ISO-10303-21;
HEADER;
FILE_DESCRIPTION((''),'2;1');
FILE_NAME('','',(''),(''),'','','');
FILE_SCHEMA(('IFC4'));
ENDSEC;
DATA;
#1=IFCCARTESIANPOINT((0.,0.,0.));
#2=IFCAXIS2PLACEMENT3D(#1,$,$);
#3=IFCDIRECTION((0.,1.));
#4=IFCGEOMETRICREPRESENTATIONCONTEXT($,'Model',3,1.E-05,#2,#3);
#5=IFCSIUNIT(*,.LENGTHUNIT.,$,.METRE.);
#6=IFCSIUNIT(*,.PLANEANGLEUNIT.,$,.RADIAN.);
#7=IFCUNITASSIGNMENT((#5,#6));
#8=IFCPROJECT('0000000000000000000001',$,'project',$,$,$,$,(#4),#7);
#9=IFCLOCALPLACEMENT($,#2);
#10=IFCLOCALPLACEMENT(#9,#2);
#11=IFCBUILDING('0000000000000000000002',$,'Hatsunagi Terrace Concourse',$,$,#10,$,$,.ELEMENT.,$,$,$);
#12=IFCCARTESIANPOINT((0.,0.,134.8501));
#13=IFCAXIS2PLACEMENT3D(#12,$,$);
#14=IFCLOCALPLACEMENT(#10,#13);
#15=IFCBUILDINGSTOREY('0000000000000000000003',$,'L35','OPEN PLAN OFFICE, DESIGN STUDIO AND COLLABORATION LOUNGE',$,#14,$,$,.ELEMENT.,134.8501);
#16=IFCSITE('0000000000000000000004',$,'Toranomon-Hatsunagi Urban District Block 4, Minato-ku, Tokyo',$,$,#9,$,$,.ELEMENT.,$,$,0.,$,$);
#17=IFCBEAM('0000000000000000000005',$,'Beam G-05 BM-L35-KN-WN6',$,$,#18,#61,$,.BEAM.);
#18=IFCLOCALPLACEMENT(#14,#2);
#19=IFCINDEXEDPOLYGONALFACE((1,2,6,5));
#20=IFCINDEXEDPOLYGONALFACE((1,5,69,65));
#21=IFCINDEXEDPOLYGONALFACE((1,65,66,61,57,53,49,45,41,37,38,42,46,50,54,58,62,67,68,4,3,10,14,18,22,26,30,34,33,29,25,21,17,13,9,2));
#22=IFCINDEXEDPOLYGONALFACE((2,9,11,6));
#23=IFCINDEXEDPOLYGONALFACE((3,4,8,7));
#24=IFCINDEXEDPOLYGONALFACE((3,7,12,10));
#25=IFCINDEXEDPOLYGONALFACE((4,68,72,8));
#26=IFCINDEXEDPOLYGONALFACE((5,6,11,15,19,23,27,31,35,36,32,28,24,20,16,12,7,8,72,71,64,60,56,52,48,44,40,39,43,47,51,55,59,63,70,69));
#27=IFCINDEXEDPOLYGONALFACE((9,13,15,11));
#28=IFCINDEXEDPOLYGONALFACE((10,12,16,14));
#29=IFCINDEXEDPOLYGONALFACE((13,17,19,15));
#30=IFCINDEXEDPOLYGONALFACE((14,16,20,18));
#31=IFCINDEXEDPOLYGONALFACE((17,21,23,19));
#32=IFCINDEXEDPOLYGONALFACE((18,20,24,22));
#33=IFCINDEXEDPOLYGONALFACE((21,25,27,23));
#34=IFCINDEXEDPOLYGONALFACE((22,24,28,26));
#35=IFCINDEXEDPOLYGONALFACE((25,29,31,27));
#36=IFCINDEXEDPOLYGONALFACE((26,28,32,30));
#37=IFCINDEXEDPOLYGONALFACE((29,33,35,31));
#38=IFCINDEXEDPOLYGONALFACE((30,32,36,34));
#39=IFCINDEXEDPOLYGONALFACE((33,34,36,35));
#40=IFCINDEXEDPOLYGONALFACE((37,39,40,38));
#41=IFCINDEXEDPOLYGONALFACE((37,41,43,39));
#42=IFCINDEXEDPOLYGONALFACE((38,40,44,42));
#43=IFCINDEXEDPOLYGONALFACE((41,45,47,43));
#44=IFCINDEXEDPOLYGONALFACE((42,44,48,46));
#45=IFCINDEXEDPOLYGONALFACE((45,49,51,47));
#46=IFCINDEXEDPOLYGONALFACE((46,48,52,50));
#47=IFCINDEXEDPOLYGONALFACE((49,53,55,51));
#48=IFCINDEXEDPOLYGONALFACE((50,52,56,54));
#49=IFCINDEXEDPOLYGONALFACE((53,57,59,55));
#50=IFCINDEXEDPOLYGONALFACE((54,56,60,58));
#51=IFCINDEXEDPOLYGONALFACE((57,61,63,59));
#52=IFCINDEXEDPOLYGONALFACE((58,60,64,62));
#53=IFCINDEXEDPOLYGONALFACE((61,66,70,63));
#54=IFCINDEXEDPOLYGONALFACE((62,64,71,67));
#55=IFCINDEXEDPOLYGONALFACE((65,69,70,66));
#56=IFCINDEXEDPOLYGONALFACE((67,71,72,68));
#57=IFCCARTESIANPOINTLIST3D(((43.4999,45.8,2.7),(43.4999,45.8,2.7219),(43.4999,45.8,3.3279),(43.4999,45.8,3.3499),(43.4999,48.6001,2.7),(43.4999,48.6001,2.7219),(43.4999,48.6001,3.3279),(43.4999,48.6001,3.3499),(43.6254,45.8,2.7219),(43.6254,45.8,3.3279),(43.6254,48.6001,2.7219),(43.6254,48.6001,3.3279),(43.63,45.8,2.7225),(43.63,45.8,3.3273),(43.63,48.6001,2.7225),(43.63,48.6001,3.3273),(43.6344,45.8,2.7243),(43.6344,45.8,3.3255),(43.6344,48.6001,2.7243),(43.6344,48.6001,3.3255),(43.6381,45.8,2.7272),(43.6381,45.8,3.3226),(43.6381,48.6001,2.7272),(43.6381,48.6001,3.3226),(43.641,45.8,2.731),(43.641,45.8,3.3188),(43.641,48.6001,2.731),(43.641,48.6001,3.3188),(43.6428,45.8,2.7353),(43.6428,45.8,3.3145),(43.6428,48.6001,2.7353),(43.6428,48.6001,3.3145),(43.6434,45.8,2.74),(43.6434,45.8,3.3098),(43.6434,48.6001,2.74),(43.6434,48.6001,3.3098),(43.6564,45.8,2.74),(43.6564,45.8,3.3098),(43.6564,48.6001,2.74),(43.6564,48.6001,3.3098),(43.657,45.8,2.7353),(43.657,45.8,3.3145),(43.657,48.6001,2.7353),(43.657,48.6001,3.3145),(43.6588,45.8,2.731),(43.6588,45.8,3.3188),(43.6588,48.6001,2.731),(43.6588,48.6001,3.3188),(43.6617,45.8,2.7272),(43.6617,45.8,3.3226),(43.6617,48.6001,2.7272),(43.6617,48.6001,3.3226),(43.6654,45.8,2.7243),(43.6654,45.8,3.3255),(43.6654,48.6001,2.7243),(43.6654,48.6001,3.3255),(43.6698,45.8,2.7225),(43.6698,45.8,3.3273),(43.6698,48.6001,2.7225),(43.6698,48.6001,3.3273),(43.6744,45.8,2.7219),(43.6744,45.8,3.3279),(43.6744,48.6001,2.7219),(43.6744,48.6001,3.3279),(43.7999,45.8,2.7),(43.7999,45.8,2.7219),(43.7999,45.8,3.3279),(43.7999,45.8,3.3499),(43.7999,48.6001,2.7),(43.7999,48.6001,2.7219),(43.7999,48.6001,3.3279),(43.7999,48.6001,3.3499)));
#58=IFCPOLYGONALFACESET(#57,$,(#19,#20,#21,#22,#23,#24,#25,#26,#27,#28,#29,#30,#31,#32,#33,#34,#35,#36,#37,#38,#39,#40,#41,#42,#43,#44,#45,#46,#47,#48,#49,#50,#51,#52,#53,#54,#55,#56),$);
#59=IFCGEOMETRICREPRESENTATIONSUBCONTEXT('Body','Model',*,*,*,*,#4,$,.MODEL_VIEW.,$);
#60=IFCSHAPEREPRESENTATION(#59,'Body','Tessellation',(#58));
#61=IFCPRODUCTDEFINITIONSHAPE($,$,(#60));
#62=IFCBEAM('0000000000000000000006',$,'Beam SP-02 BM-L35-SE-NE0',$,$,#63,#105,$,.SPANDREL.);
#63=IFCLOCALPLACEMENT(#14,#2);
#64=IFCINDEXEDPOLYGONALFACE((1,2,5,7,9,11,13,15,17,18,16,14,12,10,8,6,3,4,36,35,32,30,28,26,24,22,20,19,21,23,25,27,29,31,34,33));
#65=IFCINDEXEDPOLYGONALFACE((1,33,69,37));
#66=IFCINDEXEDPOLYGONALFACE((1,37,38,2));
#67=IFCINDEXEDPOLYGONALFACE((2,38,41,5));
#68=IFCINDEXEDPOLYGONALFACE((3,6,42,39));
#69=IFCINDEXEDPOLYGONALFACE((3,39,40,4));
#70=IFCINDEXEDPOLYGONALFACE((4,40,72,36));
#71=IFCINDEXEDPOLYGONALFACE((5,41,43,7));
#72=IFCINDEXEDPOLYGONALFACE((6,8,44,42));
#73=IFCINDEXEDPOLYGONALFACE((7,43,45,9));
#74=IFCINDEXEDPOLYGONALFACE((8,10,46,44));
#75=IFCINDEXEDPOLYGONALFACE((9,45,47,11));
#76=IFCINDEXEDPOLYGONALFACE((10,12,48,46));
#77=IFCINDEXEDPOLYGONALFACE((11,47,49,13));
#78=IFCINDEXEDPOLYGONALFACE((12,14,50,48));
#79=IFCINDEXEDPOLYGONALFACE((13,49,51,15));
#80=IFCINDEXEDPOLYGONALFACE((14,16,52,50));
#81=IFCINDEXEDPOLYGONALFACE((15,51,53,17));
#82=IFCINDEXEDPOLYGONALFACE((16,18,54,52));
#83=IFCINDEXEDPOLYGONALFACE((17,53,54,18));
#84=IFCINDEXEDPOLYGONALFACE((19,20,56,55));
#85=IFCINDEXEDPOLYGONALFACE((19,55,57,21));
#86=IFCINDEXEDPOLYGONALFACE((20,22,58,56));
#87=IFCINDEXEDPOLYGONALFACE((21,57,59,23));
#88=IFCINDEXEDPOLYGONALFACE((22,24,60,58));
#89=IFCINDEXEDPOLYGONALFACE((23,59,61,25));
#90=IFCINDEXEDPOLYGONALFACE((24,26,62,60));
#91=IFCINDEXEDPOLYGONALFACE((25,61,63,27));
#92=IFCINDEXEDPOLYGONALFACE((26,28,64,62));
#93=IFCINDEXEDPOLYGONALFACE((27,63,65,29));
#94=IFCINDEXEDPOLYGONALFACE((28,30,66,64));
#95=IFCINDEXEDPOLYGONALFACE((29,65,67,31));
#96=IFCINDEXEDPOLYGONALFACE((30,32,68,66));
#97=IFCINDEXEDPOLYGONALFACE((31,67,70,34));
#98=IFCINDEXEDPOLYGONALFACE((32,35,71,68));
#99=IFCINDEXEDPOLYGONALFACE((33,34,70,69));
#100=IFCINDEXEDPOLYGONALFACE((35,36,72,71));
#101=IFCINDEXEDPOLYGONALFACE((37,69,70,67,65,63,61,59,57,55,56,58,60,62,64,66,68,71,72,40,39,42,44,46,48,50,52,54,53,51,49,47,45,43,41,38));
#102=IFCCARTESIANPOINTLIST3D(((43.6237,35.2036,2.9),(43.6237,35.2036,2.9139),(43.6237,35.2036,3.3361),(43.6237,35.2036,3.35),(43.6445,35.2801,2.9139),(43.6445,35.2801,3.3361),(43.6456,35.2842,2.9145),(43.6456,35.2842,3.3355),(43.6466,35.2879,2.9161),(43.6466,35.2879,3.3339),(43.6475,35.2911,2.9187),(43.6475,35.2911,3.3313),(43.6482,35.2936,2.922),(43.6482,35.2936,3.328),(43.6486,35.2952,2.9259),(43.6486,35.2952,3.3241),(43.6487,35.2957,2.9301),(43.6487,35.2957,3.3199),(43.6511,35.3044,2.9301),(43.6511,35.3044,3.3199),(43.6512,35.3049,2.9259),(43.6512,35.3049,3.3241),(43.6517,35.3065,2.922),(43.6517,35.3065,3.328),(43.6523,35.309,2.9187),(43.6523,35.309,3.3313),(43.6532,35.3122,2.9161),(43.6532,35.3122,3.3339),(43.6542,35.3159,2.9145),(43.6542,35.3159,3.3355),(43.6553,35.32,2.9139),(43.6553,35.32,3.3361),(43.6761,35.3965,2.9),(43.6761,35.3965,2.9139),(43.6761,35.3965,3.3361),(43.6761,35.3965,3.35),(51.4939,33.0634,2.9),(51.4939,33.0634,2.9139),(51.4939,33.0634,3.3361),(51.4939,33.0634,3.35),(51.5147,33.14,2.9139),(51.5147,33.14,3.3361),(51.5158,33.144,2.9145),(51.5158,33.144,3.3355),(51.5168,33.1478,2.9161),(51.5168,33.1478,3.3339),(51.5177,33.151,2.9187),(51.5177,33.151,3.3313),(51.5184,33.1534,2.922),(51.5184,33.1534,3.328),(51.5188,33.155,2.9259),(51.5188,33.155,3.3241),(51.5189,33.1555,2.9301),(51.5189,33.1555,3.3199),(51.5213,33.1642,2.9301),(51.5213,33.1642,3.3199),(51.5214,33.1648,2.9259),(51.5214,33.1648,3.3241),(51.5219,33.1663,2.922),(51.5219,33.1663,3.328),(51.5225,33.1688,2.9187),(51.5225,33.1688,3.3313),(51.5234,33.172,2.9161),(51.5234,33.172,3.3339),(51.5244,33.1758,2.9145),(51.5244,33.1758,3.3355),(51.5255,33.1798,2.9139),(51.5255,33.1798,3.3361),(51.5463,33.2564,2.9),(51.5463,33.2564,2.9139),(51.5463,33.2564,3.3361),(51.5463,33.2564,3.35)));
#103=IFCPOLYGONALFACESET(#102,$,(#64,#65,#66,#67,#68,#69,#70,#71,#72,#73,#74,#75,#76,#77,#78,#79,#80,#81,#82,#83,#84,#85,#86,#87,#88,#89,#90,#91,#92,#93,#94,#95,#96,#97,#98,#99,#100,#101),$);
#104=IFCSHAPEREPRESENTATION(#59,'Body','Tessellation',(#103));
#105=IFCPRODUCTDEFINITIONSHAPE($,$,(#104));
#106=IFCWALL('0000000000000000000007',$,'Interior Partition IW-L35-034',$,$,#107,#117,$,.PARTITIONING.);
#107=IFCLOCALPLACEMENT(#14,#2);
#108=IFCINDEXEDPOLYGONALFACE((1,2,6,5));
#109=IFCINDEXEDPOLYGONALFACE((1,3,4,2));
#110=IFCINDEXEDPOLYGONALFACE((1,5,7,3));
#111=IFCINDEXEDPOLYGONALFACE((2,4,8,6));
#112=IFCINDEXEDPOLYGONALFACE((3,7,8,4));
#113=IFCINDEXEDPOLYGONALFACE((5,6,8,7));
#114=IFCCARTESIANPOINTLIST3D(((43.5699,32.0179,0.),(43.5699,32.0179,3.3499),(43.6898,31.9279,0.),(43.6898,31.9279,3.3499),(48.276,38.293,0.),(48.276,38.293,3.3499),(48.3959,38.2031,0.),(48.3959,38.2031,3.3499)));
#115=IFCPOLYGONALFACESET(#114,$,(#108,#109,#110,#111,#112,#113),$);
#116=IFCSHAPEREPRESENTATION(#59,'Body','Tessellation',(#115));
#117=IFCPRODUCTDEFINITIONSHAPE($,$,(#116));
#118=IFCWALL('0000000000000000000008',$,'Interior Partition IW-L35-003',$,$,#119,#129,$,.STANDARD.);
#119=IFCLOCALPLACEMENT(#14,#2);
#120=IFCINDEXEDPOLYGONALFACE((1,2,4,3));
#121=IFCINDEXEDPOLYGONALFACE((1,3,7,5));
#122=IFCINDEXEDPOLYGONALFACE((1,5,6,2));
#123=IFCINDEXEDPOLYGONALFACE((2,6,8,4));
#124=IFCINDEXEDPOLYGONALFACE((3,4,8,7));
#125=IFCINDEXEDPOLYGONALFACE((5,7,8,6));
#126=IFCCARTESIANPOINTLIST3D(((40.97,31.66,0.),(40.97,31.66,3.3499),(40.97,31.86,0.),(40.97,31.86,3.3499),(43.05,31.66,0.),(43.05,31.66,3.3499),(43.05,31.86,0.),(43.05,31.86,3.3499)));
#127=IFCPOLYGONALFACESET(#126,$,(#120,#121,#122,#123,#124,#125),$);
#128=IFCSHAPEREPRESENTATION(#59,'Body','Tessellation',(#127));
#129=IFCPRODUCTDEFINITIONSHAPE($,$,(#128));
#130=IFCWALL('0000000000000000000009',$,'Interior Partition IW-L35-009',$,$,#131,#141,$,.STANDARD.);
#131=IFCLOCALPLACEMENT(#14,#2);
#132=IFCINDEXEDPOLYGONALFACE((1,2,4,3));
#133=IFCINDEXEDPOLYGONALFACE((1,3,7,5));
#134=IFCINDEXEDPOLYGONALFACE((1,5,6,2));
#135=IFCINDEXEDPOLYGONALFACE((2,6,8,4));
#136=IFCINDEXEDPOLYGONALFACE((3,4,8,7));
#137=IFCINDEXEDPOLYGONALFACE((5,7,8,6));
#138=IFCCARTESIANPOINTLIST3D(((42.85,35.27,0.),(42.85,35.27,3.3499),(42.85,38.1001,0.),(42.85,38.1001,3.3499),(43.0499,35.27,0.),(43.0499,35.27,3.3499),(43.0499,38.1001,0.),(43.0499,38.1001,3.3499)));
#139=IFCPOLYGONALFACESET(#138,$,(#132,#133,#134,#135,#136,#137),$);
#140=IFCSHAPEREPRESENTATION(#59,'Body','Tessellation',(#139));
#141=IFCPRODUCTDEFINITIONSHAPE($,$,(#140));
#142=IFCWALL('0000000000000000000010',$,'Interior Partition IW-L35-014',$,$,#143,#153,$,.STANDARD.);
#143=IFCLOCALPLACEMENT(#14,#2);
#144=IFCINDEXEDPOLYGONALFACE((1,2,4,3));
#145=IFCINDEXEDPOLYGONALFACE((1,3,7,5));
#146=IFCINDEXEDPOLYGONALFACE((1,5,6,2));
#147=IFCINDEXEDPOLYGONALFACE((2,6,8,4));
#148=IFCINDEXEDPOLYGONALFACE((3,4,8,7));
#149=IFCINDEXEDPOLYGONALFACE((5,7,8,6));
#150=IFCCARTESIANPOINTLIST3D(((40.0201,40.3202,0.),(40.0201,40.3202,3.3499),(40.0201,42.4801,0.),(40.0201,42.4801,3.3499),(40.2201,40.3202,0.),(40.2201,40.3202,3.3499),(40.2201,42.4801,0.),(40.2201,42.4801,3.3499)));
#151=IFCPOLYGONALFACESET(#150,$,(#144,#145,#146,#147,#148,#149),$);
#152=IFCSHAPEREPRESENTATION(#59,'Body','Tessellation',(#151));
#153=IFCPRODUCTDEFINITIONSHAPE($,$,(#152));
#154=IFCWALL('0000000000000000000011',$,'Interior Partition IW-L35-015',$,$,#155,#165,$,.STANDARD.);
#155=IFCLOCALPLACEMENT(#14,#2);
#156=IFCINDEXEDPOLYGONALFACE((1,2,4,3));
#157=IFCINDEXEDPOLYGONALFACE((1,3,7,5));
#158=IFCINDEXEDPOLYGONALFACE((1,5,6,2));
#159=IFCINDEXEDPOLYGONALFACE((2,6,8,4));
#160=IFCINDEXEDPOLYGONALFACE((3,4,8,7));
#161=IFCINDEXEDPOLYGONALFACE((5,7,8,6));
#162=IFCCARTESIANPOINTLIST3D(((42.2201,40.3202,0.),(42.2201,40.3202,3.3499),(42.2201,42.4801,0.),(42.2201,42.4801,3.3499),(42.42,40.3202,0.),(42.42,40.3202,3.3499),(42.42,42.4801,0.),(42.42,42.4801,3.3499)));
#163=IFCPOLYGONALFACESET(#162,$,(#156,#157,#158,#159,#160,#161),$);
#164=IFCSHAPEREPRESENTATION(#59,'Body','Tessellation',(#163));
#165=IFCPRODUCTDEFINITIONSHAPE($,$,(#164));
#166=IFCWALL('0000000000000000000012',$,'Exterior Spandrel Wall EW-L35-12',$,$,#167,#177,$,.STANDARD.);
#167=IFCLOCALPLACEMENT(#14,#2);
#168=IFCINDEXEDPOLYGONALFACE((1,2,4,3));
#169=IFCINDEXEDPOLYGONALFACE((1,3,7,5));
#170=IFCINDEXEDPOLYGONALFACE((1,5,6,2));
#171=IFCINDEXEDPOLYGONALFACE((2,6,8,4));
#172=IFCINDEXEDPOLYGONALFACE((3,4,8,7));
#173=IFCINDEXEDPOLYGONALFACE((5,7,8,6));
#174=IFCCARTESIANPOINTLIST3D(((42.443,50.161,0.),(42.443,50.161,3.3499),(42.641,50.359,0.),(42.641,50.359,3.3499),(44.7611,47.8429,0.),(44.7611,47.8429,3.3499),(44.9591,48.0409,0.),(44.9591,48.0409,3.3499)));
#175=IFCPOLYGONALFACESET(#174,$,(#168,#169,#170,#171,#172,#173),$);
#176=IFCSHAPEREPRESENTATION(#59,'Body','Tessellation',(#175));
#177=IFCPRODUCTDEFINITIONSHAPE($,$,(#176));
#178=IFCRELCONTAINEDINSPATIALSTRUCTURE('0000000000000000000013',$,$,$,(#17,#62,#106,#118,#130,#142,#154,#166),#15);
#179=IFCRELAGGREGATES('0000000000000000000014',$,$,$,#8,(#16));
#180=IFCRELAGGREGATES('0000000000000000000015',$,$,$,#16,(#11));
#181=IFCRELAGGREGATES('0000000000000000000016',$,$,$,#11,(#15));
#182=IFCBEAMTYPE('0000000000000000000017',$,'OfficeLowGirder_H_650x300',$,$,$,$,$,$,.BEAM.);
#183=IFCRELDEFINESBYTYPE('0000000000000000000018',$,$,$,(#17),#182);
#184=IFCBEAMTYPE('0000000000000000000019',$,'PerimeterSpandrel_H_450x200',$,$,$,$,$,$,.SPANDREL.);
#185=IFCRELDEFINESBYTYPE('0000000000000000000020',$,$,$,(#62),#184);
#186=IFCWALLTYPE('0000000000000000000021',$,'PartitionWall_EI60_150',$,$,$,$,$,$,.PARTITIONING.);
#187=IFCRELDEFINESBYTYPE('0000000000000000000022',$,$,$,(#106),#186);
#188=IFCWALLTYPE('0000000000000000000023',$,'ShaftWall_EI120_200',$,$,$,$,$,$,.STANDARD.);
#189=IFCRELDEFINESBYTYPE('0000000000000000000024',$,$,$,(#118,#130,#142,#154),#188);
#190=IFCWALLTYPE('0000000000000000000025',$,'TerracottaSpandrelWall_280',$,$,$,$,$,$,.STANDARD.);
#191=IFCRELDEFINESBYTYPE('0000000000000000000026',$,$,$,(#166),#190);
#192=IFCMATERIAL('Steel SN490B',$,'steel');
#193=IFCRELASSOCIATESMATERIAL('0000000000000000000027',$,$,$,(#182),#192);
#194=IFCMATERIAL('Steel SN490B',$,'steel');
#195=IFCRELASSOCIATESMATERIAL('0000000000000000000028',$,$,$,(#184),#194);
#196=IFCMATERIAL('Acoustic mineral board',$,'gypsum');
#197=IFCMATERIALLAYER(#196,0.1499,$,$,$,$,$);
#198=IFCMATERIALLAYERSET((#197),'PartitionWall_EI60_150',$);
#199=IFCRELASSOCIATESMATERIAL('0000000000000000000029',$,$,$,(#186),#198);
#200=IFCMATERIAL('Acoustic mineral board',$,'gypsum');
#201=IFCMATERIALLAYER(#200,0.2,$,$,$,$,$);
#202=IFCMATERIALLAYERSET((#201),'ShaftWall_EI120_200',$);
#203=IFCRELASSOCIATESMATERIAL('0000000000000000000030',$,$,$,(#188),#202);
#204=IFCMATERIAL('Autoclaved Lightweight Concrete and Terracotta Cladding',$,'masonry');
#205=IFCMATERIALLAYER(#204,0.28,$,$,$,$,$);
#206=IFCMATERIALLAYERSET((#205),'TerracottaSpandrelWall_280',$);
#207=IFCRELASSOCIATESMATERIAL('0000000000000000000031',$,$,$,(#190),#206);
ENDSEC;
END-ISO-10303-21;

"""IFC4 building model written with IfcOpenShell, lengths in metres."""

from ifc_helpers import new_model, si_unit, direction, frame, frame_2d, origin, origin_2d, place, context, subcontext, project, spatial, rectangle, i_section, extrude, material, layer, layer_set, material_profile, profile_set, type_object, element, save


model = new_model("IFC4")

# Units and contexts
model_context = context("Model", 3, precision=1e-05, world=origin(), true_north=direction((0.0, 1.0)))
body_context = subcontext(model_context, "Body", "Model", "MODEL_VIEW")
ifc_project = project(units=[si_unit("LENGTHUNIT", "METRE"), si_unit("PLANEANGLEUNIT", "RADIAN")], contexts=[model_context])

# Site, building, storey
site_placement = place(None, origin())
site = spatial("IfcSite", under=ifc_project, at=site_placement, Name="Toranomon-Hatsunagi Urban District Block 4, Minato-ku, Tokyo", CompositionType="ELEMENT", RefElevation=0.0)
building_placement = place(site_placement, origin())
building = spatial("IfcBuilding", under=site, at=building_placement, Name="Hatsunagi Terrace Concourse", CompositionType="ELEMENT")
storey_placement = place(building_placement, frame((0.0, 0.0, 134.8501)))
storey = spatial("IfcBuildingStorey", under=building, at=storey_placement, Name="L35", Description="OPEN PLAN OFFICE, DESIGN STUDIO AND COLLABORATION LOUNGE", CompositionType="ELEMENT", Elevation=134.8501)

# Beams
ifc_material_1 = material(Name="Steel SN490B", Category="steel")
ifc_material_profile_1 = material_profile(ifc_material_1, i_section(OverallWidth=0.3, OverallDepth=0.6499, WebThickness=0.0129, FlangeThickness=0.022, FilletRadius=0.0181, at=origin_2d()), Name="H-650x300x13x22")
ifc_profile_set_1 = profile_set([ifc_material_profile_1], Name="Steel SN490B")
beam_type_1 = type_object("IfcBeamType", Name="OfficeLowGirder_H_650x300", PredefinedType="BEAM", material=ifc_profile_set_1)
for number, where, z_axis, x_axis, name in (
    (1, (43.6499, 45.8, 3.0249), (0.0, 1.0, 0.0), (-1.0, 0.0, 0.0), "Beam G-05 BM-L35-KN-WN6"),
):
    element("IfcBeam", number, at=place(storey_placement, frame(where, z_axis=z_axis, x_axis=x_axis)), inside=storey, type_object=beam_type_1, Name=name, PredefinedType="BEAM", context=body_context, shape_type="SweptSolid", body=[
        extrude(i_section(OverallWidth=0.3, OverallDepth=0.6499, WebThickness=0.0129, FlangeThickness=0.022, FilletRadius=0.0181, at=origin_2d()), origin(), (0.0, 0.0, 1.0), 2.8),
    ])
ifc_material_2 = material(Name="Steel SN490B", Category="steel")
ifc_material_profile_2 = material_profile(ifc_material_2, i_section(OverallWidth=0.2, OverallDepth=0.45, WebThickness=0.009, FlangeThickness=0.0139, FilletRadius=0.0161, at=origin_2d()), Name="H-450x200x9x14")
ifc_profile_set_2 = profile_set([ifc_material_profile_2], Name="Steel SN490B")
beam_type_2 = type_object("IfcBeamType", Name="PerimeterSpandrel_H_450x200", PredefinedType="SPANDREL", material=ifc_profile_set_2)
beam_1_placement = place(storey_placement, frame((43.6499, 35.3, 3.125), z_axis=(0.964958, -0.262403, 0.0), x_axis=(0.262403, 0.964958, 0.0)))
element("IfcBeam", 2, at=beam_1_placement, inside=storey, type_object=beam_type_2, Name="Beam SP-02 BM-L35-SE-NE0", PredefinedType="SPANDREL", context=body_context, shape_type="SweptSolid", body=[
    extrude(i_section(OverallWidth=0.2, OverallDepth=0.45, WebThickness=0.009, FlangeThickness=0.0139, FilletRadius=0.0161, at=origin_2d()), origin(), (0.0, 0.0, 1.0), 8.156),
])

# Walls
ifc_material_3 = material(Name="Acoustic mineral board", Category="gypsum")
ifc_layer_1 = layer(ifc_material_3, 0.1499)
ifc_layer_set_1 = layer_set([ifc_layer_1], Name="PartitionWall_EI60_150")
wall_type_1 = type_object("IfcWallType", Name="PartitionWall_EI60_150", PredefinedType="PARTITIONING", material=ifc_layer_set_1)
wall_1_placement = place(storey_placement, frame((43.6299, 31.9729, 0.0), z_axis=(0.0, 0.0, 1.0), x_axis=(0.599975, 0.800019, 0.0)))
element("IfcWall", 3, at=wall_1_placement, inside=storey, type_object=wall_type_1, Name="Interior Partition IW-L35-034", PredefinedType="PARTITIONING", context=body_context, shape_type="SweptSolid", body=[
    extrude(rectangle(XDim=7.8438, YDim=0.1499, at=frame_2d((3.9219, 0.0))), origin(), (0.0, 0.0, 1.0), 3.3499),
])
ifc_material_4 = material(Name="Acoustic mineral board", Category="gypsum")
ifc_layer_2 = layer(ifc_material_4, 0.2)
ifc_layer_set_2 = layer_set([ifc_layer_2], Name="ShaftWall_EI120_200")
wall_type_2 = type_object("IfcWallType", Name="ShaftWall_EI120_200", PredefinedType="STANDARD", material=ifc_layer_set_2)
wall_2_placement = place(storey_placement, frame((40.97, 31.76, 0.0), z_axis=(0.0, 0.0, 1.0), x_axis=(1.0, 0.0, 0.0)))
element("IfcWall", 4, at=wall_2_placement, inside=storey, type_object=wall_type_2, Name="Interior Partition IW-L35-003", PredefinedType="STANDARD", context=body_context, shape_type="SweptSolid", body=[
    extrude(rectangle(XDim=2.0801, YDim=0.2, at=frame_2d((1.04, 0.0))), origin(), (0.0, 0.0, 1.0), 3.3499),
])
wall_3_placement = place(storey_placement, frame((42.95, 35.27, 0.0), z_axis=(0.0, 0.0, 1.0), x_axis=(0.0, 1.0, 0.0)))
element("IfcWall", 5, at=wall_3_placement, inside=storey, type_object=wall_type_2, Name="Interior Partition IW-L35-009", PredefinedType="STANDARD", context=body_context, shape_type="SweptSolid", body=[
    extrude(rectangle(XDim=2.8301, YDim=0.2, at=frame_2d((1.415, 0.0))), origin(), (0.0, 0.0, 1.0), 3.3499),
])
for number, where, z_axis, x_axis, name in (
    (6, (40.1201, 40.3201, 0.0), (0.0, 0.0, 1.0), (0.0, 1.0, 0.0), "Interior Partition IW-L35-014"),
    (7, (42.3201, 40.3201, 0.0), (0.0, 0.0, 1.0), (0.0, 1.0, 0.0), "Interior Partition IW-L35-015"),
):
    element("IfcWall", number, at=place(storey_placement, frame(where, z_axis=z_axis, x_axis=x_axis)), inside=storey, type_object=wall_type_2, Name=name, PredefinedType="STANDARD", context=body_context, shape_type="SweptSolid", body=[
        extrude(rectangle(XDim=2.1599, YDim=0.2, at=frame_2d((1.0801, 0.0))), origin(), (0.0, 0.0, 1.0), 3.3499),
    ])
ifc_material_5 = material(Name="Autoclaved Lightweight Concrete and Terracotta Cladding", Category="masonry")
ifc_layer_3 = layer(ifc_material_5, 0.28)
ifc_layer_set_3 = layer_set([ifc_layer_3], Name="TerracottaSpandrelWall_280")
wall_type_3 = type_object("IfcWallType", Name="TerracottaSpandrelWall_280", PredefinedType="STANDARD", material=ifc_layer_set_3)
wall_4_placement = place(storey_placement, frame((42.542, 50.26, 0.0), z_axis=(0.0, 0.0, 1.0), x_axis=(0.707107, -0.707107, 0.0)))
element("IfcWall", 8, at=wall_4_placement, inside=storey, type_object=wall_type_3, Name="Exterior Spandrel Wall EW-L35-12", PredefinedType="STANDARD", context=body_context, shape_type="SweptSolid", body=[
    extrude(rectangle(XDim=3.2783, YDim=0.28, at=frame_2d((1.6392, 0.0))), origin(), (0.0, 0.0, 1.0), 3.3499),
])

save(model, "model.ifc")
